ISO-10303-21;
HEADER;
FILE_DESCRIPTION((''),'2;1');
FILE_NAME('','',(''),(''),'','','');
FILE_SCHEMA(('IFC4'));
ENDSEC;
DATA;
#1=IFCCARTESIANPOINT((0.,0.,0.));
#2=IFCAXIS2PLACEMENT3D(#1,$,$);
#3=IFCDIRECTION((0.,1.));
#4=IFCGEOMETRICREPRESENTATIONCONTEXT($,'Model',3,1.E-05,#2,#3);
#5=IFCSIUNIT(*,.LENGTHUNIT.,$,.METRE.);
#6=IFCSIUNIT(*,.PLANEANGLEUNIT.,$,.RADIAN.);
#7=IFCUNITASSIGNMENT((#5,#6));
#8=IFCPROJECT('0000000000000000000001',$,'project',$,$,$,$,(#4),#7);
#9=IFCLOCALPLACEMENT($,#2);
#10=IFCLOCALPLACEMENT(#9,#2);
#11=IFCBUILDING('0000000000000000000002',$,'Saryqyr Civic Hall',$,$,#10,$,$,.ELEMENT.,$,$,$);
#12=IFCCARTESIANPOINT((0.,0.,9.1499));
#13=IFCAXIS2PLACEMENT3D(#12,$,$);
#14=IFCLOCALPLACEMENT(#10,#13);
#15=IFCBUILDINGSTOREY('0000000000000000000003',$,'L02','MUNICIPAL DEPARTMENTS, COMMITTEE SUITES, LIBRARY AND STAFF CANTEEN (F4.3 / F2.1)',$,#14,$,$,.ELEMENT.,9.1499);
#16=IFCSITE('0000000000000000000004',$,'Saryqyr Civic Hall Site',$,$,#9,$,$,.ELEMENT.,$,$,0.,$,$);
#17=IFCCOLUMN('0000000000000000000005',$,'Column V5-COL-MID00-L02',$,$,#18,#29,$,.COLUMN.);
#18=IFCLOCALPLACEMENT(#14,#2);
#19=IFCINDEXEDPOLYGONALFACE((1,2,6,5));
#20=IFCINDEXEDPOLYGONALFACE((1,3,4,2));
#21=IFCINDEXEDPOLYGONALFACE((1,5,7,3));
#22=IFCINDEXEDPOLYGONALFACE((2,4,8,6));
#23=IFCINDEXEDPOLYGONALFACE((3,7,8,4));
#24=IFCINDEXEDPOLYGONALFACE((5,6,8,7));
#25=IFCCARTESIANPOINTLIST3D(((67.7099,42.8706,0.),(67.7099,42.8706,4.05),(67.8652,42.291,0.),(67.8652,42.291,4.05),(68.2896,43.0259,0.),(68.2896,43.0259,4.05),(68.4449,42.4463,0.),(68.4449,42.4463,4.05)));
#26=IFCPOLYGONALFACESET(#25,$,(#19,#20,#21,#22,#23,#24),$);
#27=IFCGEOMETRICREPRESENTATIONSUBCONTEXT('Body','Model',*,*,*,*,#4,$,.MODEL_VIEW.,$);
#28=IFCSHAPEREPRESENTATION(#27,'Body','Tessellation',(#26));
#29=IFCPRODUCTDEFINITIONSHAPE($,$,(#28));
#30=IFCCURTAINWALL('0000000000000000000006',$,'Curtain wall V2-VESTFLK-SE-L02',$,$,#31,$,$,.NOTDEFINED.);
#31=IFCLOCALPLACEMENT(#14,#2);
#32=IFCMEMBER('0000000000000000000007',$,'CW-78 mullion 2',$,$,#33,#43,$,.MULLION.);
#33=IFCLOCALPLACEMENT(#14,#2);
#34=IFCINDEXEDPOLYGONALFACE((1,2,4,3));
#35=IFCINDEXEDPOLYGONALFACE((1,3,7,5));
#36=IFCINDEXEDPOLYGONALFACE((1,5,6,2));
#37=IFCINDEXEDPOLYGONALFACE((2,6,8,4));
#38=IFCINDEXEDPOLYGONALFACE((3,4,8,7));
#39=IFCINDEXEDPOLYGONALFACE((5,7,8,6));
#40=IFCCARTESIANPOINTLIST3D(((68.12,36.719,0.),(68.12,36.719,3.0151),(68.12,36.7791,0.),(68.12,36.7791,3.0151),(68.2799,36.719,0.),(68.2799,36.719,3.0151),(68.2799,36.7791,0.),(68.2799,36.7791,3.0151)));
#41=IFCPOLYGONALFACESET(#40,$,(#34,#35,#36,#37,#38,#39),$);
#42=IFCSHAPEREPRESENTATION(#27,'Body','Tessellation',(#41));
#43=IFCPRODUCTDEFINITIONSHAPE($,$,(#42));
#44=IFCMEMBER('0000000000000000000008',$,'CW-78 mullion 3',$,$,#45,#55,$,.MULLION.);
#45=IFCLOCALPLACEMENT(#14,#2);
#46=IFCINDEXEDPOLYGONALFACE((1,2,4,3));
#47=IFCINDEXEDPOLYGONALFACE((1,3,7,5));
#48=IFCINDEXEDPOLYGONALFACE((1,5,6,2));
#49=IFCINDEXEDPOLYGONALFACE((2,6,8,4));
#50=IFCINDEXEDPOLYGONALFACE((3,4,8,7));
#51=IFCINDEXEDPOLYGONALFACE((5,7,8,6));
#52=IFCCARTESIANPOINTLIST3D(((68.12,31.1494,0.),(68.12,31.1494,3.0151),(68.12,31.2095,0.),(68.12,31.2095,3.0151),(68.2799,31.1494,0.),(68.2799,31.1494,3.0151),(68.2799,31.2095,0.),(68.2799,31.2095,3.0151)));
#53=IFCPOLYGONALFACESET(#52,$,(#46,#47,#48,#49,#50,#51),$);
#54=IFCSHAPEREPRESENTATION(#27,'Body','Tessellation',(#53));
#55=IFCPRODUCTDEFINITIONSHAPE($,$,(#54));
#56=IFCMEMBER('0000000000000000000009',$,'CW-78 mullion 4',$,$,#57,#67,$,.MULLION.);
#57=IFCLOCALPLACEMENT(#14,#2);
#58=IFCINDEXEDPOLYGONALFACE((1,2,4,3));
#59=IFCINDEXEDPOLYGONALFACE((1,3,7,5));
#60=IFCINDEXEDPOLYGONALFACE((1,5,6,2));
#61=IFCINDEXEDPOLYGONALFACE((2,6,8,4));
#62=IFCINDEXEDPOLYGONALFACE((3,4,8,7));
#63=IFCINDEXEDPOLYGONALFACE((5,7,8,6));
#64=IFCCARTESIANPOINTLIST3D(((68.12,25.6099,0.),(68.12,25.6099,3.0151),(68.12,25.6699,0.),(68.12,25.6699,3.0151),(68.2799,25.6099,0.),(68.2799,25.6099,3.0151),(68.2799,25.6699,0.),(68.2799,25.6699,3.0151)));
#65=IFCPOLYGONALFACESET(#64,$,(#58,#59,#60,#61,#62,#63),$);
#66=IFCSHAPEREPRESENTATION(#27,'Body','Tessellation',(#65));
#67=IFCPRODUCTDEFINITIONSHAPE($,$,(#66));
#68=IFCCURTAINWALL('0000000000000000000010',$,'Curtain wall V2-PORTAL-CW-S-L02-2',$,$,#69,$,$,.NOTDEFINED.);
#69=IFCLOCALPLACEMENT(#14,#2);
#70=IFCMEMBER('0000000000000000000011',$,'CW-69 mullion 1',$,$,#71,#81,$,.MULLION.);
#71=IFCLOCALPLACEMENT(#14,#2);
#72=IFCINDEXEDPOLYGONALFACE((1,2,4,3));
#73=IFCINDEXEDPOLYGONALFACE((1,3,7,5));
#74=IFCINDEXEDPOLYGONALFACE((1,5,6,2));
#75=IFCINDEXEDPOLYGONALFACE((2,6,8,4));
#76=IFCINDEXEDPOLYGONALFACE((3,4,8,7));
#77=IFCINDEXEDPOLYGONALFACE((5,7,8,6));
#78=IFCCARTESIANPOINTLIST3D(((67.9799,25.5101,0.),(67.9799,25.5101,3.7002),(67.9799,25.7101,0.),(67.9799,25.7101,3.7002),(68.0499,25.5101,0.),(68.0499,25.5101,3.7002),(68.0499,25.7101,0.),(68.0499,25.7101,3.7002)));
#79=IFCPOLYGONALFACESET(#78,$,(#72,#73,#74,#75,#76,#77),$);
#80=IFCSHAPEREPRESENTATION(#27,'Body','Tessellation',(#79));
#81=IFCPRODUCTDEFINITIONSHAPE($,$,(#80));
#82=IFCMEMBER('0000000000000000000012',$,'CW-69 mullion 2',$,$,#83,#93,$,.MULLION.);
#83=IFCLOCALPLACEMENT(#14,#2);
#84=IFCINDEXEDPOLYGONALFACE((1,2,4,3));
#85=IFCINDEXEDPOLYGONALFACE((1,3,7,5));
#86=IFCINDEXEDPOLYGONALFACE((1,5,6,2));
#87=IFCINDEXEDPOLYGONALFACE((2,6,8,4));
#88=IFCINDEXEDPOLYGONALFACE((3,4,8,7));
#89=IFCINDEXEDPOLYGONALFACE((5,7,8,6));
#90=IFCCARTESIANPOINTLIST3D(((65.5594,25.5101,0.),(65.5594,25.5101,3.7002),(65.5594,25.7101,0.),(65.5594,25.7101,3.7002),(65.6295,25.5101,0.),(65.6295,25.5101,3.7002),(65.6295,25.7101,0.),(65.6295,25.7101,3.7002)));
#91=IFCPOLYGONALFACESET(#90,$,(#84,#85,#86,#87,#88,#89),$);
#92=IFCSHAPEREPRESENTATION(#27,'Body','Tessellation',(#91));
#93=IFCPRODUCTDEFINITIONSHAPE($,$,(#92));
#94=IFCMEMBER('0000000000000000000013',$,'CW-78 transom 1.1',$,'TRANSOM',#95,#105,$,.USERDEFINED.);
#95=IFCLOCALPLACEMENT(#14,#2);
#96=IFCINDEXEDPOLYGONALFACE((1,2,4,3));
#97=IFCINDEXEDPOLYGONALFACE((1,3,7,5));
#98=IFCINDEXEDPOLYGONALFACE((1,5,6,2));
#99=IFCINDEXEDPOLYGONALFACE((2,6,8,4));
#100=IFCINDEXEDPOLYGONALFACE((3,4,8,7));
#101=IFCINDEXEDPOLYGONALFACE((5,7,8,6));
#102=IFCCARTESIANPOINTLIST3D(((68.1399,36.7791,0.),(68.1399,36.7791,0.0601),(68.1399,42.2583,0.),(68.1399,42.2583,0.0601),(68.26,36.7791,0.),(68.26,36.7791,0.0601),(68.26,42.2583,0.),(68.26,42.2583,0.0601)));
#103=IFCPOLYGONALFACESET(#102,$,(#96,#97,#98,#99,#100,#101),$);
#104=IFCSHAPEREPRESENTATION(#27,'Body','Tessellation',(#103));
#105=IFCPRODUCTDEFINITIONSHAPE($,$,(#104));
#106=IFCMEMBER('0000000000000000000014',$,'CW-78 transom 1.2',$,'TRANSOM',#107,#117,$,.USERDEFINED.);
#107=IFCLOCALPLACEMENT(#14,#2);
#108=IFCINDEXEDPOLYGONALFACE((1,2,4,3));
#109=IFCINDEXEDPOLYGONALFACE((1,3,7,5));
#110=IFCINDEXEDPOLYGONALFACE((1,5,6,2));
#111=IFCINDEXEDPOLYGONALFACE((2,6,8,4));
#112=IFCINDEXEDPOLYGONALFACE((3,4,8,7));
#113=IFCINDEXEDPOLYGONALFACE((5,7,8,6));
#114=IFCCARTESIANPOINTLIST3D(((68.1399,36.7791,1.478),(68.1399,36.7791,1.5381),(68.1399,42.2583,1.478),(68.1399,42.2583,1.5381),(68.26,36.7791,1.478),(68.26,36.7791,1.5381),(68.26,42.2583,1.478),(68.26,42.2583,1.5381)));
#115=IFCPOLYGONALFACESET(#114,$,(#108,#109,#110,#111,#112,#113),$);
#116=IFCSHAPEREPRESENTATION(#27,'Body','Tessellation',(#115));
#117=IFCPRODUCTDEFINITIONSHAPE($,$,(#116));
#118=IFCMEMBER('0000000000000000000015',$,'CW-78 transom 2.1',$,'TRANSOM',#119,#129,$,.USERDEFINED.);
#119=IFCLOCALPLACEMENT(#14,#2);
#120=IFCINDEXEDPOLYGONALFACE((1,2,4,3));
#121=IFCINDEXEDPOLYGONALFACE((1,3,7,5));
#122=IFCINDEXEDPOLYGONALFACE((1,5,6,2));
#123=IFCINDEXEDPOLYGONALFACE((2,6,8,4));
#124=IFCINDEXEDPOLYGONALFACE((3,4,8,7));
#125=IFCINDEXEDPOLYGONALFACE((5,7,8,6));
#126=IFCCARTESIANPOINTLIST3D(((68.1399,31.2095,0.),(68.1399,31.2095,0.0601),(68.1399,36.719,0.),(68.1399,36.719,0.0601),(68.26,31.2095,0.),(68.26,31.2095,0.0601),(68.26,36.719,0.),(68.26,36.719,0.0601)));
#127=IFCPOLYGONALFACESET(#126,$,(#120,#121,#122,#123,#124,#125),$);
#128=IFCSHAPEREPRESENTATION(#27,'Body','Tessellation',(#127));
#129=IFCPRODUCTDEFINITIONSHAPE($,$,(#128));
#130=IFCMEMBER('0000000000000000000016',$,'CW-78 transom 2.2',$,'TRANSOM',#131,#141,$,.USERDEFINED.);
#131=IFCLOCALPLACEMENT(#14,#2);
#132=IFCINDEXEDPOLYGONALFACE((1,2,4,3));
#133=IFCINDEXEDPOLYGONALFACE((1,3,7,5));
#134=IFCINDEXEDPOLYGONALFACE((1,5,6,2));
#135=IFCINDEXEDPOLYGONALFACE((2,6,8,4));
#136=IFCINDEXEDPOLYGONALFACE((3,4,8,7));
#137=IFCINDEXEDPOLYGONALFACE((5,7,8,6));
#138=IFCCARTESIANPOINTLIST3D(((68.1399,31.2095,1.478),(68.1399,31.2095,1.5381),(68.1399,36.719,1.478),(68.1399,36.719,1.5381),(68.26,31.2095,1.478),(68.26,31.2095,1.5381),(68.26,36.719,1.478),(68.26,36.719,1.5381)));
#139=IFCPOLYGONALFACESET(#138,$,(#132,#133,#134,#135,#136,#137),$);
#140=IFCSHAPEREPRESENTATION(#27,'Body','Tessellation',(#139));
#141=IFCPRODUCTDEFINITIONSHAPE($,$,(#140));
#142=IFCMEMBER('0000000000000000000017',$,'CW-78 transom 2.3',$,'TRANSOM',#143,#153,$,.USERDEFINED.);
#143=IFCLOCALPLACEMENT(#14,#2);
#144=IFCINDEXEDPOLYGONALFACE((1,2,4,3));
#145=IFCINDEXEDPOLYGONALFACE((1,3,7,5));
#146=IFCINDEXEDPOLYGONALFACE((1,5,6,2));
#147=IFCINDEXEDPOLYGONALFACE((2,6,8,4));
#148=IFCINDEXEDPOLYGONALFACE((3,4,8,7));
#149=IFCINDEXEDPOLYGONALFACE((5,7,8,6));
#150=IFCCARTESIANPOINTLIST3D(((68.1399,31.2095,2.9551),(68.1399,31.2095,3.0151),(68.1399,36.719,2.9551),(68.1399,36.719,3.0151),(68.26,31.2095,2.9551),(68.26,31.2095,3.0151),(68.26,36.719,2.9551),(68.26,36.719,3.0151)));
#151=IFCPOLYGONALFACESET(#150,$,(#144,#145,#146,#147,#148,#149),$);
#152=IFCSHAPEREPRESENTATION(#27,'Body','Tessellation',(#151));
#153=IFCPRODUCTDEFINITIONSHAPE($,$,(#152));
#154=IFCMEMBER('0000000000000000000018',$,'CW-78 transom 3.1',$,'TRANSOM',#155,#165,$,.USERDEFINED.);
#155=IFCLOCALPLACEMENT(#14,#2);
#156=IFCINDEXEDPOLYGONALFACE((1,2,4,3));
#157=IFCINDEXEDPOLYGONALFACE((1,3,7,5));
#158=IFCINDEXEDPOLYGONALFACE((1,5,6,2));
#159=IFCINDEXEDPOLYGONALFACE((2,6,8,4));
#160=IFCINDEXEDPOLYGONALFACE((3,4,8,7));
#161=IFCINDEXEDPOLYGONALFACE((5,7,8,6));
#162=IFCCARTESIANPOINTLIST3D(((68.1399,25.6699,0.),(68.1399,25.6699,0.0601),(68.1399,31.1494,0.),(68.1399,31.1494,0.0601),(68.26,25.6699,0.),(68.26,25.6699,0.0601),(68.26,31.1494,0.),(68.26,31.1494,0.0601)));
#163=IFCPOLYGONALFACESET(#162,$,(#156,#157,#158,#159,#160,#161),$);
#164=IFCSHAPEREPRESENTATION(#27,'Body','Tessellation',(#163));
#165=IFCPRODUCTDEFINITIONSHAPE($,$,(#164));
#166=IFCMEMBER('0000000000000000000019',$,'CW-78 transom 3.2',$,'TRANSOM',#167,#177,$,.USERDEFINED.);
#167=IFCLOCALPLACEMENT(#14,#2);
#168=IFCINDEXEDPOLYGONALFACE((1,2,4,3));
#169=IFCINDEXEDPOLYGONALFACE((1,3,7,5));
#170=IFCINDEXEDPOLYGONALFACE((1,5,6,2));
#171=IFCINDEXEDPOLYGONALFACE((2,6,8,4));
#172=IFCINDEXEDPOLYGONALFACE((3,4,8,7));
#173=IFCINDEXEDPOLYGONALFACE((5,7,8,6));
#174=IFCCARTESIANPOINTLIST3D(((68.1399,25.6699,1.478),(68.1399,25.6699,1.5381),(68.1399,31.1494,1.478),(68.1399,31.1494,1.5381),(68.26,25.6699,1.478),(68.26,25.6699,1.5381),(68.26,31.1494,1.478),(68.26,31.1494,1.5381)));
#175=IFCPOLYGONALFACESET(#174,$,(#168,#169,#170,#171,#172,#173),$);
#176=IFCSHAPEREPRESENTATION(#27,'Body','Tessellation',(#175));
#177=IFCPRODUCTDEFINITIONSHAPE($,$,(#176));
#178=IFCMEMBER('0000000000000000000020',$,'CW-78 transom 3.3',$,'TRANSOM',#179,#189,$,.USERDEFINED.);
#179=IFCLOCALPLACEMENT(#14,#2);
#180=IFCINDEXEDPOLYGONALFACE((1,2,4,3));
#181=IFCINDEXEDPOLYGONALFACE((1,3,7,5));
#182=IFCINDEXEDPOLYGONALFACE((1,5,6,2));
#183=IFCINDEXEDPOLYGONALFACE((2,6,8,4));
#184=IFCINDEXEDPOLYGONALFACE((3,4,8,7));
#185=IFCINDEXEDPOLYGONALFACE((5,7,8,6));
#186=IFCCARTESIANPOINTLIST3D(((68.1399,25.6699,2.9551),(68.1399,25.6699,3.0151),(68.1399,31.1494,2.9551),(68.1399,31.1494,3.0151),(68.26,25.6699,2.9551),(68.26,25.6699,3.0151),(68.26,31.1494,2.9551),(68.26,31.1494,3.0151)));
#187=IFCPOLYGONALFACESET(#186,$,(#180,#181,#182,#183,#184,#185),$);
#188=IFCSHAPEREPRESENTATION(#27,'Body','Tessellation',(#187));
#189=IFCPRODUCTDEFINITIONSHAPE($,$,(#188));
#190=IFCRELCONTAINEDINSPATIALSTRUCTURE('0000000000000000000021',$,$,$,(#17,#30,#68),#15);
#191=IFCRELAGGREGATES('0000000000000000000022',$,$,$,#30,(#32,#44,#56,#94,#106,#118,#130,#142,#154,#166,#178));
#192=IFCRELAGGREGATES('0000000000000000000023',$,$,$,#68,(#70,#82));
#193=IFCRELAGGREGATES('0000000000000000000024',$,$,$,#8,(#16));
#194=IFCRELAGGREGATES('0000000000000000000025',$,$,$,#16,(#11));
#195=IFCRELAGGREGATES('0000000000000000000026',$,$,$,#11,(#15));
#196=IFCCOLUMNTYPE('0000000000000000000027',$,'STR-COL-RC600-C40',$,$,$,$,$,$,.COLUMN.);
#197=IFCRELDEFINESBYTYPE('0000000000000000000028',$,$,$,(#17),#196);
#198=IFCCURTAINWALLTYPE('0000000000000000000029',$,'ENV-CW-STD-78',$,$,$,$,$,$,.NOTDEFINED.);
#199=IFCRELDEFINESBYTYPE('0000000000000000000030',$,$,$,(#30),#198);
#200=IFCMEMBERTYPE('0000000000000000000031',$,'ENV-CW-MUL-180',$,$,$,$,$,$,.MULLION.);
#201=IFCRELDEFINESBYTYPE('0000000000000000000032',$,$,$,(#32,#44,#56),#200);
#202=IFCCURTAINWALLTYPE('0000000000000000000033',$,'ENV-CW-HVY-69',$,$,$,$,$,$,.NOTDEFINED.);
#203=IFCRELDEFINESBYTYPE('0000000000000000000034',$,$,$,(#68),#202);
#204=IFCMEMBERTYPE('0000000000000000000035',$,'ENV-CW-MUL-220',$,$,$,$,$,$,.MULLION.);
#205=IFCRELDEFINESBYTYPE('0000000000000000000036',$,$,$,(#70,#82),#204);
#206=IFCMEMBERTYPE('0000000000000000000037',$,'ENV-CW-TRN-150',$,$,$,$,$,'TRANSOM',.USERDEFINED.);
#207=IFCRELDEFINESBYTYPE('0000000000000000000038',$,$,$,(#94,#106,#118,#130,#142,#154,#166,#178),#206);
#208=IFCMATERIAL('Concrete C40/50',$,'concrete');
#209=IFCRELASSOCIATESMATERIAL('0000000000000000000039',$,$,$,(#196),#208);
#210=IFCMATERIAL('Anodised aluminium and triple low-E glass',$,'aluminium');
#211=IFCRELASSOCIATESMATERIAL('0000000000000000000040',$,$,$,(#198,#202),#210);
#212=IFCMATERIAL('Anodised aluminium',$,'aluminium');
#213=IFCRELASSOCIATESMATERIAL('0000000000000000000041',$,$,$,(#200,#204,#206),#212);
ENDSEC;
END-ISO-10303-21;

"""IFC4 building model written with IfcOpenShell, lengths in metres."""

from ifc_helpers import new_model, si_unit, direction, frame, origin, origin_2d, place, context, subcontext, project, spatial, rectangle, extrude, material, material_profile, profile_set, type_object, element, aggregate, save


model = new_model("IFC4")

# Units and contexts
model_context = context("Model", 3, precision=1e-05, world=origin(), true_north=direction((0.0, 1.0)))
body_context = subcontext(model_context, "Body", "Model", "MODEL_VIEW")
ifc_project = project(units=[si_unit("LENGTHUNIT", "METRE"), si_unit("PLANEANGLEUNIT", "RADIAN")], contexts=[model_context])

# Site, building, storey
site_placement = place(None, origin())
site = spatial("IfcSite", under=ifc_project, at=site_placement, Name="Saryqyr Civic Hall Site", CompositionType="ELEMENT", RefElevation=0.0)
building_placement = place(site_placement, origin())
building = spatial("IfcBuilding", under=site, at=building_placement, Name="Saryqyr Civic Hall", CompositionType="ELEMENT")
storey_placement = place(building_placement, frame((0.0, 0.0, 9.1499)))
storey = spatial("IfcBuildingStorey", under=building, at=storey_placement, Name="L02", Description="MUNICIPAL DEPARTMENTS, COMMITTEE SUITES, LIBRARY AND STAFF CANTEEN (F4.3 / F2.1)", CompositionType="ELEMENT", Elevation=9.1499)

# Column
ifc_material_1 = material(Name="Concrete C40/50", Category="concrete")
ifc_material_profile_1 = material_profile(ifc_material_1, rectangle(XDim=0.6001, YDim=0.6001, at=origin_2d()), Name="RC 600x600")
ifc_profile_set_1 = profile_set([ifc_material_profile_1], Name="Concrete C40/50")
column_type = type_object("IfcColumnType", Name="STR-COL-RC600-C40", PredefinedType="COLUMN", material=ifc_profile_set_1)
column_placement = place(storey_placement, frame((68.0774, 42.6584, 0.0), z_axis=(0.0, 0.0, 1.0), x_axis=(0.258819, -0.965926, 0.0)))
element("IfcColumn", 1, at=column_placement, inside=storey, type_object=column_type, Name="Column V5-COL-MID00-L02", PredefinedType="COLUMN", context=body_context, shape_type="SweptSolid", body=[
    extrude(rectangle(XDim=0.6001, YDim=0.6001, at=origin_2d()), origin(), (0.0, 0.0, 1.0), 4.05),
])

# Curtain walls, members
ifc_material_2 = material(Name="Anodised aluminium and triple low-E glass", Category="aluminium")
curtain_wall_type_1 = type_object("IfcCurtainWallType", Name="ENV-CW-STD-78", PredefinedType="NOTDEFINED", material=ifc_material_2)
curtain_wall_1_placement = place(storey_placement, origin())
curtain_wall_1 = element("IfcCurtainWall", 2, at=curtain_wall_1_placement, inside=storey, type_object=curtain_wall_type_1, Name="Curtain wall V2-VESTFLK-SE-L02", PredefinedType="NOTDEFINED")
ifc_material_3 = material(Name="Anodised aluminium", Category="aluminium")
ifc_material_profile_2 = material_profile(ifc_material_3, rectangle(XDim=0.0601, YDim=0.1599, at=origin_2d()), Name="ALU MULLION 60x160")
ifc_profile_set_2 = profile_set([ifc_material_profile_2], Name="Anodised aluminium")
member_type_1 = type_object("IfcMemberType", Name="ENV-CW-MUL-180", PredefinedType="MULLION", material=ifc_profile_set_2)
member_1_placement = place(storey_placement, frame((68.2, 36.749, 0.0), z_axis=(0.0, 0.0, 1.0), x_axis=(0.0, -1.0, 0.0)))
member_1 = element("IfcMember", 3, at=member_1_placement, type_object=member_type_1, Name="CW-78 mullion 2", PredefinedType="MULLION", context=body_context, shape_type="SweptSolid", body=[
    extrude(rectangle(XDim=0.0601, YDim=0.1599, at=origin_2d()), origin(), (0.0, 0.0, 1.0), 3.0151),
])
member_2_placement = place(storey_placement, frame((68.2, 31.1794, 0.0), z_axis=(0.0, 0.0, 1.0), x_axis=(0.0, -1.0, 0.0)))
member_2 = element("IfcMember", 4, at=member_2_placement, type_object=member_type_1, Name="CW-78 mullion 3", PredefinedType="MULLION", context=body_context, shape_type="SweptSolid", body=[
    extrude(rectangle(XDim=0.0601, YDim=0.1599, at=origin_2d()), origin(), (0.0, 0.0, 1.0), 3.0151),
])
member_3_placement = place(storey_placement, frame((68.2, 25.6399, 0.0), z_axis=(0.0, 0.0, 1.0), x_axis=(0.0, -1.0, 0.0)))
member_3 = element("IfcMember", 5, at=member_3_placement, type_object=member_type_1, Name="CW-78 mullion 4", PredefinedType="MULLION", context=body_context, shape_type="SweptSolid", body=[
    extrude(rectangle(XDim=0.0601, YDim=0.1599, at=origin_2d()), origin(), (0.0, 0.0, 1.0), 3.0151),
])
curtain_wall_type_2 = type_object("IfcCurtainWallType", Name="ENV-CW-HVY-69", PredefinedType="NOTDEFINED", material=ifc_material_2)
curtain_wall_2_placement = place(storey_placement, origin())
curtain_wall_2 = element("IfcCurtainWall", 6, at=curtain_wall_2_placement, inside=storey, type_object=curtain_wall_type_2, Name="Curtain wall V2-PORTAL-CW-S-L02-2", PredefinedType="NOTDEFINED")
ifc_material_profile_3 = material_profile(ifc_material_3, rectangle(XDim=0.0701, YDim=0.2, at=origin_2d()), Name="ALU MULLION 70x200")
ifc_profile_set_3 = profile_set([ifc_material_profile_3], Name="Anodised aluminium")
member_type_2 = type_object("IfcMemberType", Name="ENV-CW-MUL-220", PredefinedType="MULLION", material=ifc_profile_set_3)
member_4_placement = place(storey_placement, frame((68.0149, 25.6101, 0.0), z_axis=(0.0, 0.0, 1.0), x_axis=(-1.0, 0.0, 0.0)))
member_4 = element("IfcMember", 7, at=member_4_placement, type_object=member_type_2, Name="CW-69 mullion 1", PredefinedType="MULLION", context=body_context, shape_type="SweptSolid", body=[
    extrude(rectangle(XDim=0.0701, YDim=0.2, at=origin_2d()), origin(), (0.0, 0.0, 1.0), 3.7002),
])
member_5_placement = place(storey_placement, frame((65.5945, 25.6101, 0.0), z_axis=(0.0, 0.0, 1.0), x_axis=(-1.0, 0.0, 0.0)))
member_5 = element("IfcMember", 8, at=member_5_placement, type_object=member_type_2, Name="CW-69 mullion 2", PredefinedType="MULLION", context=body_context, shape_type="SweptSolid", body=[
    extrude(rectangle(XDim=0.0701, YDim=0.2, at=origin_2d()), origin(), (0.0, 0.0, 1.0), 3.7002),
])

# Members
ifc_material_profile_4 = material_profile(ifc_material_3, rectangle(XDim=0.1201, YDim=0.0601, at=origin_2d()), Name="ALU TRANSOM 120x60")
ifc_profile_set_4 = profile_set([ifc_material_profile_4], Name="Anodised aluminium")
member_type_3 = type_object("IfcMemberType", Name="ENV-CW-TRN-150", ElementType="TRANSOM", PredefinedType="USERDEFINED", material=ifc_profile_set_4)
member_6_placement = place(storey_placement, frame((68.2, 42.2583, 0.03), z_axis=(0.0, -1.0, 0.0), x_axis=(1.0, 0.0, 0.0)))
member_6 = element("IfcMember", 9, at=member_6_placement, type_object=member_type_3, Name="CW-78 transom 1.1", ObjectType="TRANSOM", PredefinedType="USERDEFINED", context=body_context, shape_type="SweptSolid", body=[
    extrude(rectangle(XDim=0.1201, YDim=0.0601, at=origin_2d()), origin(), (0.0, 0.0, 1.0), 5.4792),
])
member_7_placement = place(storey_placement, frame((68.2, 42.2583, 1.5081), z_axis=(0.0, -1.0, 0.0), x_axis=(1.0, 0.0, 0.0)))
member_7 = element("IfcMember", 10, at=member_7_placement, type_object=member_type_3, Name="CW-78 transom 1.2", ObjectType="TRANSOM", PredefinedType="USERDEFINED", context=body_context, shape_type="SweptSolid", body=[
    extrude(rectangle(XDim=0.1201, YDim=0.0601, at=origin_2d()), origin(), (0.0, 0.0, 1.0), 5.4792),
])
member_8_placement = place(storey_placement, frame((68.2, 36.719, 0.03), z_axis=(0.0, -1.0, 0.0), x_axis=(1.0, 0.0, 0.0)))
member_8 = element("IfcMember", 11, at=member_8_placement, type_object=member_type_3, Name="CW-78 transom 2.1", ObjectType="TRANSOM", PredefinedType="USERDEFINED", context=body_context, shape_type="SweptSolid", body=[
    extrude(rectangle(XDim=0.1201, YDim=0.0601, at=origin_2d()), origin(), (0.0, 0.0, 1.0), 5.5095),
])
member_9_placement = place(storey_placement, frame((68.2, 36.719, 1.5081), z_axis=(0.0, -1.0, 0.0), x_axis=(1.0, 0.0, 0.0)))
member_9 = element("IfcMember", 12, at=member_9_placement, type_object=member_type_3, Name="CW-78 transom 2.2", ObjectType="TRANSOM", PredefinedType="USERDEFINED", context=body_context, shape_type="SweptSolid", body=[
    extrude(rectangle(XDim=0.1201, YDim=0.0601, at=origin_2d()), origin(), (0.0, 0.0, 1.0), 5.5095),
])
member_10_placement = place(storey_placement, frame((68.2, 36.719, 2.9851), z_axis=(0.0, -1.0, 0.0), x_axis=(1.0, 0.0, 0.0)))
member_10 = element("IfcMember", 13, at=member_10_placement, type_object=member_type_3, Name="CW-78 transom 2.3", ObjectType="TRANSOM", PredefinedType="USERDEFINED", context=body_context, shape_type="SweptSolid", body=[
    extrude(rectangle(XDim=0.1201, YDim=0.0601, at=origin_2d()), origin(), (0.0, 0.0, 1.0), 5.5095),
])
member_11_placement = place(storey_placement, frame((68.2, 31.1494, 0.03), z_axis=(0.0, -1.0, 0.0), x_axis=(1.0, 0.0, 0.0)))
member_11 = element("IfcMember", 14, at=member_11_placement, type_object=member_type_3, Name="CW-78 transom 3.1", ObjectType="TRANSOM", PredefinedType="USERDEFINED", context=body_context, shape_type="SweptSolid", body=[
    extrude(rectangle(XDim=0.1201, YDim=0.0601, at=origin_2d()), origin(), (0.0, 0.0, 1.0), 5.4795),
])
member_12_placement = place(storey_placement, frame((68.2, 31.1494, 1.5081), z_axis=(0.0, -1.0, 0.0), x_axis=(1.0, 0.0, 0.0)))
member_12 = element("IfcMember", 15, at=member_12_placement, type_object=member_type_3, Name="CW-78 transom 3.2", ObjectType="TRANSOM", PredefinedType="USERDEFINED", context=body_context, shape_type="SweptSolid", body=[
    extrude(rectangle(XDim=0.1201, YDim=0.0601, at=origin_2d()), origin(), (0.0, 0.0, 1.0), 5.4795),
])
member_13_placement = place(storey_placement, frame((68.2, 31.1494, 2.9851), z_axis=(0.0, -1.0, 0.0), x_axis=(1.0, 0.0, 0.0)))
member_13 = element("IfcMember", 16, at=member_13_placement, type_object=member_type_3, Name="CW-78 transom 3.3", ObjectType="TRANSOM", PredefinedType="USERDEFINED", context=body_context, shape_type="SweptSolid", body=[
    extrude(rectangle(XDim=0.1201, YDim=0.0601, at=origin_2d()), origin(), (0.0, 0.0, 1.0), 5.4795),
])

aggregate(curtain_wall_1, [member_1, member_2, member_3, member_6, member_7, member_8, member_9, member_10, member_11, member_12, member_13])
aggregate(curtain_wall_2, [member_4, member_5])

save(model, "model.ifc")
